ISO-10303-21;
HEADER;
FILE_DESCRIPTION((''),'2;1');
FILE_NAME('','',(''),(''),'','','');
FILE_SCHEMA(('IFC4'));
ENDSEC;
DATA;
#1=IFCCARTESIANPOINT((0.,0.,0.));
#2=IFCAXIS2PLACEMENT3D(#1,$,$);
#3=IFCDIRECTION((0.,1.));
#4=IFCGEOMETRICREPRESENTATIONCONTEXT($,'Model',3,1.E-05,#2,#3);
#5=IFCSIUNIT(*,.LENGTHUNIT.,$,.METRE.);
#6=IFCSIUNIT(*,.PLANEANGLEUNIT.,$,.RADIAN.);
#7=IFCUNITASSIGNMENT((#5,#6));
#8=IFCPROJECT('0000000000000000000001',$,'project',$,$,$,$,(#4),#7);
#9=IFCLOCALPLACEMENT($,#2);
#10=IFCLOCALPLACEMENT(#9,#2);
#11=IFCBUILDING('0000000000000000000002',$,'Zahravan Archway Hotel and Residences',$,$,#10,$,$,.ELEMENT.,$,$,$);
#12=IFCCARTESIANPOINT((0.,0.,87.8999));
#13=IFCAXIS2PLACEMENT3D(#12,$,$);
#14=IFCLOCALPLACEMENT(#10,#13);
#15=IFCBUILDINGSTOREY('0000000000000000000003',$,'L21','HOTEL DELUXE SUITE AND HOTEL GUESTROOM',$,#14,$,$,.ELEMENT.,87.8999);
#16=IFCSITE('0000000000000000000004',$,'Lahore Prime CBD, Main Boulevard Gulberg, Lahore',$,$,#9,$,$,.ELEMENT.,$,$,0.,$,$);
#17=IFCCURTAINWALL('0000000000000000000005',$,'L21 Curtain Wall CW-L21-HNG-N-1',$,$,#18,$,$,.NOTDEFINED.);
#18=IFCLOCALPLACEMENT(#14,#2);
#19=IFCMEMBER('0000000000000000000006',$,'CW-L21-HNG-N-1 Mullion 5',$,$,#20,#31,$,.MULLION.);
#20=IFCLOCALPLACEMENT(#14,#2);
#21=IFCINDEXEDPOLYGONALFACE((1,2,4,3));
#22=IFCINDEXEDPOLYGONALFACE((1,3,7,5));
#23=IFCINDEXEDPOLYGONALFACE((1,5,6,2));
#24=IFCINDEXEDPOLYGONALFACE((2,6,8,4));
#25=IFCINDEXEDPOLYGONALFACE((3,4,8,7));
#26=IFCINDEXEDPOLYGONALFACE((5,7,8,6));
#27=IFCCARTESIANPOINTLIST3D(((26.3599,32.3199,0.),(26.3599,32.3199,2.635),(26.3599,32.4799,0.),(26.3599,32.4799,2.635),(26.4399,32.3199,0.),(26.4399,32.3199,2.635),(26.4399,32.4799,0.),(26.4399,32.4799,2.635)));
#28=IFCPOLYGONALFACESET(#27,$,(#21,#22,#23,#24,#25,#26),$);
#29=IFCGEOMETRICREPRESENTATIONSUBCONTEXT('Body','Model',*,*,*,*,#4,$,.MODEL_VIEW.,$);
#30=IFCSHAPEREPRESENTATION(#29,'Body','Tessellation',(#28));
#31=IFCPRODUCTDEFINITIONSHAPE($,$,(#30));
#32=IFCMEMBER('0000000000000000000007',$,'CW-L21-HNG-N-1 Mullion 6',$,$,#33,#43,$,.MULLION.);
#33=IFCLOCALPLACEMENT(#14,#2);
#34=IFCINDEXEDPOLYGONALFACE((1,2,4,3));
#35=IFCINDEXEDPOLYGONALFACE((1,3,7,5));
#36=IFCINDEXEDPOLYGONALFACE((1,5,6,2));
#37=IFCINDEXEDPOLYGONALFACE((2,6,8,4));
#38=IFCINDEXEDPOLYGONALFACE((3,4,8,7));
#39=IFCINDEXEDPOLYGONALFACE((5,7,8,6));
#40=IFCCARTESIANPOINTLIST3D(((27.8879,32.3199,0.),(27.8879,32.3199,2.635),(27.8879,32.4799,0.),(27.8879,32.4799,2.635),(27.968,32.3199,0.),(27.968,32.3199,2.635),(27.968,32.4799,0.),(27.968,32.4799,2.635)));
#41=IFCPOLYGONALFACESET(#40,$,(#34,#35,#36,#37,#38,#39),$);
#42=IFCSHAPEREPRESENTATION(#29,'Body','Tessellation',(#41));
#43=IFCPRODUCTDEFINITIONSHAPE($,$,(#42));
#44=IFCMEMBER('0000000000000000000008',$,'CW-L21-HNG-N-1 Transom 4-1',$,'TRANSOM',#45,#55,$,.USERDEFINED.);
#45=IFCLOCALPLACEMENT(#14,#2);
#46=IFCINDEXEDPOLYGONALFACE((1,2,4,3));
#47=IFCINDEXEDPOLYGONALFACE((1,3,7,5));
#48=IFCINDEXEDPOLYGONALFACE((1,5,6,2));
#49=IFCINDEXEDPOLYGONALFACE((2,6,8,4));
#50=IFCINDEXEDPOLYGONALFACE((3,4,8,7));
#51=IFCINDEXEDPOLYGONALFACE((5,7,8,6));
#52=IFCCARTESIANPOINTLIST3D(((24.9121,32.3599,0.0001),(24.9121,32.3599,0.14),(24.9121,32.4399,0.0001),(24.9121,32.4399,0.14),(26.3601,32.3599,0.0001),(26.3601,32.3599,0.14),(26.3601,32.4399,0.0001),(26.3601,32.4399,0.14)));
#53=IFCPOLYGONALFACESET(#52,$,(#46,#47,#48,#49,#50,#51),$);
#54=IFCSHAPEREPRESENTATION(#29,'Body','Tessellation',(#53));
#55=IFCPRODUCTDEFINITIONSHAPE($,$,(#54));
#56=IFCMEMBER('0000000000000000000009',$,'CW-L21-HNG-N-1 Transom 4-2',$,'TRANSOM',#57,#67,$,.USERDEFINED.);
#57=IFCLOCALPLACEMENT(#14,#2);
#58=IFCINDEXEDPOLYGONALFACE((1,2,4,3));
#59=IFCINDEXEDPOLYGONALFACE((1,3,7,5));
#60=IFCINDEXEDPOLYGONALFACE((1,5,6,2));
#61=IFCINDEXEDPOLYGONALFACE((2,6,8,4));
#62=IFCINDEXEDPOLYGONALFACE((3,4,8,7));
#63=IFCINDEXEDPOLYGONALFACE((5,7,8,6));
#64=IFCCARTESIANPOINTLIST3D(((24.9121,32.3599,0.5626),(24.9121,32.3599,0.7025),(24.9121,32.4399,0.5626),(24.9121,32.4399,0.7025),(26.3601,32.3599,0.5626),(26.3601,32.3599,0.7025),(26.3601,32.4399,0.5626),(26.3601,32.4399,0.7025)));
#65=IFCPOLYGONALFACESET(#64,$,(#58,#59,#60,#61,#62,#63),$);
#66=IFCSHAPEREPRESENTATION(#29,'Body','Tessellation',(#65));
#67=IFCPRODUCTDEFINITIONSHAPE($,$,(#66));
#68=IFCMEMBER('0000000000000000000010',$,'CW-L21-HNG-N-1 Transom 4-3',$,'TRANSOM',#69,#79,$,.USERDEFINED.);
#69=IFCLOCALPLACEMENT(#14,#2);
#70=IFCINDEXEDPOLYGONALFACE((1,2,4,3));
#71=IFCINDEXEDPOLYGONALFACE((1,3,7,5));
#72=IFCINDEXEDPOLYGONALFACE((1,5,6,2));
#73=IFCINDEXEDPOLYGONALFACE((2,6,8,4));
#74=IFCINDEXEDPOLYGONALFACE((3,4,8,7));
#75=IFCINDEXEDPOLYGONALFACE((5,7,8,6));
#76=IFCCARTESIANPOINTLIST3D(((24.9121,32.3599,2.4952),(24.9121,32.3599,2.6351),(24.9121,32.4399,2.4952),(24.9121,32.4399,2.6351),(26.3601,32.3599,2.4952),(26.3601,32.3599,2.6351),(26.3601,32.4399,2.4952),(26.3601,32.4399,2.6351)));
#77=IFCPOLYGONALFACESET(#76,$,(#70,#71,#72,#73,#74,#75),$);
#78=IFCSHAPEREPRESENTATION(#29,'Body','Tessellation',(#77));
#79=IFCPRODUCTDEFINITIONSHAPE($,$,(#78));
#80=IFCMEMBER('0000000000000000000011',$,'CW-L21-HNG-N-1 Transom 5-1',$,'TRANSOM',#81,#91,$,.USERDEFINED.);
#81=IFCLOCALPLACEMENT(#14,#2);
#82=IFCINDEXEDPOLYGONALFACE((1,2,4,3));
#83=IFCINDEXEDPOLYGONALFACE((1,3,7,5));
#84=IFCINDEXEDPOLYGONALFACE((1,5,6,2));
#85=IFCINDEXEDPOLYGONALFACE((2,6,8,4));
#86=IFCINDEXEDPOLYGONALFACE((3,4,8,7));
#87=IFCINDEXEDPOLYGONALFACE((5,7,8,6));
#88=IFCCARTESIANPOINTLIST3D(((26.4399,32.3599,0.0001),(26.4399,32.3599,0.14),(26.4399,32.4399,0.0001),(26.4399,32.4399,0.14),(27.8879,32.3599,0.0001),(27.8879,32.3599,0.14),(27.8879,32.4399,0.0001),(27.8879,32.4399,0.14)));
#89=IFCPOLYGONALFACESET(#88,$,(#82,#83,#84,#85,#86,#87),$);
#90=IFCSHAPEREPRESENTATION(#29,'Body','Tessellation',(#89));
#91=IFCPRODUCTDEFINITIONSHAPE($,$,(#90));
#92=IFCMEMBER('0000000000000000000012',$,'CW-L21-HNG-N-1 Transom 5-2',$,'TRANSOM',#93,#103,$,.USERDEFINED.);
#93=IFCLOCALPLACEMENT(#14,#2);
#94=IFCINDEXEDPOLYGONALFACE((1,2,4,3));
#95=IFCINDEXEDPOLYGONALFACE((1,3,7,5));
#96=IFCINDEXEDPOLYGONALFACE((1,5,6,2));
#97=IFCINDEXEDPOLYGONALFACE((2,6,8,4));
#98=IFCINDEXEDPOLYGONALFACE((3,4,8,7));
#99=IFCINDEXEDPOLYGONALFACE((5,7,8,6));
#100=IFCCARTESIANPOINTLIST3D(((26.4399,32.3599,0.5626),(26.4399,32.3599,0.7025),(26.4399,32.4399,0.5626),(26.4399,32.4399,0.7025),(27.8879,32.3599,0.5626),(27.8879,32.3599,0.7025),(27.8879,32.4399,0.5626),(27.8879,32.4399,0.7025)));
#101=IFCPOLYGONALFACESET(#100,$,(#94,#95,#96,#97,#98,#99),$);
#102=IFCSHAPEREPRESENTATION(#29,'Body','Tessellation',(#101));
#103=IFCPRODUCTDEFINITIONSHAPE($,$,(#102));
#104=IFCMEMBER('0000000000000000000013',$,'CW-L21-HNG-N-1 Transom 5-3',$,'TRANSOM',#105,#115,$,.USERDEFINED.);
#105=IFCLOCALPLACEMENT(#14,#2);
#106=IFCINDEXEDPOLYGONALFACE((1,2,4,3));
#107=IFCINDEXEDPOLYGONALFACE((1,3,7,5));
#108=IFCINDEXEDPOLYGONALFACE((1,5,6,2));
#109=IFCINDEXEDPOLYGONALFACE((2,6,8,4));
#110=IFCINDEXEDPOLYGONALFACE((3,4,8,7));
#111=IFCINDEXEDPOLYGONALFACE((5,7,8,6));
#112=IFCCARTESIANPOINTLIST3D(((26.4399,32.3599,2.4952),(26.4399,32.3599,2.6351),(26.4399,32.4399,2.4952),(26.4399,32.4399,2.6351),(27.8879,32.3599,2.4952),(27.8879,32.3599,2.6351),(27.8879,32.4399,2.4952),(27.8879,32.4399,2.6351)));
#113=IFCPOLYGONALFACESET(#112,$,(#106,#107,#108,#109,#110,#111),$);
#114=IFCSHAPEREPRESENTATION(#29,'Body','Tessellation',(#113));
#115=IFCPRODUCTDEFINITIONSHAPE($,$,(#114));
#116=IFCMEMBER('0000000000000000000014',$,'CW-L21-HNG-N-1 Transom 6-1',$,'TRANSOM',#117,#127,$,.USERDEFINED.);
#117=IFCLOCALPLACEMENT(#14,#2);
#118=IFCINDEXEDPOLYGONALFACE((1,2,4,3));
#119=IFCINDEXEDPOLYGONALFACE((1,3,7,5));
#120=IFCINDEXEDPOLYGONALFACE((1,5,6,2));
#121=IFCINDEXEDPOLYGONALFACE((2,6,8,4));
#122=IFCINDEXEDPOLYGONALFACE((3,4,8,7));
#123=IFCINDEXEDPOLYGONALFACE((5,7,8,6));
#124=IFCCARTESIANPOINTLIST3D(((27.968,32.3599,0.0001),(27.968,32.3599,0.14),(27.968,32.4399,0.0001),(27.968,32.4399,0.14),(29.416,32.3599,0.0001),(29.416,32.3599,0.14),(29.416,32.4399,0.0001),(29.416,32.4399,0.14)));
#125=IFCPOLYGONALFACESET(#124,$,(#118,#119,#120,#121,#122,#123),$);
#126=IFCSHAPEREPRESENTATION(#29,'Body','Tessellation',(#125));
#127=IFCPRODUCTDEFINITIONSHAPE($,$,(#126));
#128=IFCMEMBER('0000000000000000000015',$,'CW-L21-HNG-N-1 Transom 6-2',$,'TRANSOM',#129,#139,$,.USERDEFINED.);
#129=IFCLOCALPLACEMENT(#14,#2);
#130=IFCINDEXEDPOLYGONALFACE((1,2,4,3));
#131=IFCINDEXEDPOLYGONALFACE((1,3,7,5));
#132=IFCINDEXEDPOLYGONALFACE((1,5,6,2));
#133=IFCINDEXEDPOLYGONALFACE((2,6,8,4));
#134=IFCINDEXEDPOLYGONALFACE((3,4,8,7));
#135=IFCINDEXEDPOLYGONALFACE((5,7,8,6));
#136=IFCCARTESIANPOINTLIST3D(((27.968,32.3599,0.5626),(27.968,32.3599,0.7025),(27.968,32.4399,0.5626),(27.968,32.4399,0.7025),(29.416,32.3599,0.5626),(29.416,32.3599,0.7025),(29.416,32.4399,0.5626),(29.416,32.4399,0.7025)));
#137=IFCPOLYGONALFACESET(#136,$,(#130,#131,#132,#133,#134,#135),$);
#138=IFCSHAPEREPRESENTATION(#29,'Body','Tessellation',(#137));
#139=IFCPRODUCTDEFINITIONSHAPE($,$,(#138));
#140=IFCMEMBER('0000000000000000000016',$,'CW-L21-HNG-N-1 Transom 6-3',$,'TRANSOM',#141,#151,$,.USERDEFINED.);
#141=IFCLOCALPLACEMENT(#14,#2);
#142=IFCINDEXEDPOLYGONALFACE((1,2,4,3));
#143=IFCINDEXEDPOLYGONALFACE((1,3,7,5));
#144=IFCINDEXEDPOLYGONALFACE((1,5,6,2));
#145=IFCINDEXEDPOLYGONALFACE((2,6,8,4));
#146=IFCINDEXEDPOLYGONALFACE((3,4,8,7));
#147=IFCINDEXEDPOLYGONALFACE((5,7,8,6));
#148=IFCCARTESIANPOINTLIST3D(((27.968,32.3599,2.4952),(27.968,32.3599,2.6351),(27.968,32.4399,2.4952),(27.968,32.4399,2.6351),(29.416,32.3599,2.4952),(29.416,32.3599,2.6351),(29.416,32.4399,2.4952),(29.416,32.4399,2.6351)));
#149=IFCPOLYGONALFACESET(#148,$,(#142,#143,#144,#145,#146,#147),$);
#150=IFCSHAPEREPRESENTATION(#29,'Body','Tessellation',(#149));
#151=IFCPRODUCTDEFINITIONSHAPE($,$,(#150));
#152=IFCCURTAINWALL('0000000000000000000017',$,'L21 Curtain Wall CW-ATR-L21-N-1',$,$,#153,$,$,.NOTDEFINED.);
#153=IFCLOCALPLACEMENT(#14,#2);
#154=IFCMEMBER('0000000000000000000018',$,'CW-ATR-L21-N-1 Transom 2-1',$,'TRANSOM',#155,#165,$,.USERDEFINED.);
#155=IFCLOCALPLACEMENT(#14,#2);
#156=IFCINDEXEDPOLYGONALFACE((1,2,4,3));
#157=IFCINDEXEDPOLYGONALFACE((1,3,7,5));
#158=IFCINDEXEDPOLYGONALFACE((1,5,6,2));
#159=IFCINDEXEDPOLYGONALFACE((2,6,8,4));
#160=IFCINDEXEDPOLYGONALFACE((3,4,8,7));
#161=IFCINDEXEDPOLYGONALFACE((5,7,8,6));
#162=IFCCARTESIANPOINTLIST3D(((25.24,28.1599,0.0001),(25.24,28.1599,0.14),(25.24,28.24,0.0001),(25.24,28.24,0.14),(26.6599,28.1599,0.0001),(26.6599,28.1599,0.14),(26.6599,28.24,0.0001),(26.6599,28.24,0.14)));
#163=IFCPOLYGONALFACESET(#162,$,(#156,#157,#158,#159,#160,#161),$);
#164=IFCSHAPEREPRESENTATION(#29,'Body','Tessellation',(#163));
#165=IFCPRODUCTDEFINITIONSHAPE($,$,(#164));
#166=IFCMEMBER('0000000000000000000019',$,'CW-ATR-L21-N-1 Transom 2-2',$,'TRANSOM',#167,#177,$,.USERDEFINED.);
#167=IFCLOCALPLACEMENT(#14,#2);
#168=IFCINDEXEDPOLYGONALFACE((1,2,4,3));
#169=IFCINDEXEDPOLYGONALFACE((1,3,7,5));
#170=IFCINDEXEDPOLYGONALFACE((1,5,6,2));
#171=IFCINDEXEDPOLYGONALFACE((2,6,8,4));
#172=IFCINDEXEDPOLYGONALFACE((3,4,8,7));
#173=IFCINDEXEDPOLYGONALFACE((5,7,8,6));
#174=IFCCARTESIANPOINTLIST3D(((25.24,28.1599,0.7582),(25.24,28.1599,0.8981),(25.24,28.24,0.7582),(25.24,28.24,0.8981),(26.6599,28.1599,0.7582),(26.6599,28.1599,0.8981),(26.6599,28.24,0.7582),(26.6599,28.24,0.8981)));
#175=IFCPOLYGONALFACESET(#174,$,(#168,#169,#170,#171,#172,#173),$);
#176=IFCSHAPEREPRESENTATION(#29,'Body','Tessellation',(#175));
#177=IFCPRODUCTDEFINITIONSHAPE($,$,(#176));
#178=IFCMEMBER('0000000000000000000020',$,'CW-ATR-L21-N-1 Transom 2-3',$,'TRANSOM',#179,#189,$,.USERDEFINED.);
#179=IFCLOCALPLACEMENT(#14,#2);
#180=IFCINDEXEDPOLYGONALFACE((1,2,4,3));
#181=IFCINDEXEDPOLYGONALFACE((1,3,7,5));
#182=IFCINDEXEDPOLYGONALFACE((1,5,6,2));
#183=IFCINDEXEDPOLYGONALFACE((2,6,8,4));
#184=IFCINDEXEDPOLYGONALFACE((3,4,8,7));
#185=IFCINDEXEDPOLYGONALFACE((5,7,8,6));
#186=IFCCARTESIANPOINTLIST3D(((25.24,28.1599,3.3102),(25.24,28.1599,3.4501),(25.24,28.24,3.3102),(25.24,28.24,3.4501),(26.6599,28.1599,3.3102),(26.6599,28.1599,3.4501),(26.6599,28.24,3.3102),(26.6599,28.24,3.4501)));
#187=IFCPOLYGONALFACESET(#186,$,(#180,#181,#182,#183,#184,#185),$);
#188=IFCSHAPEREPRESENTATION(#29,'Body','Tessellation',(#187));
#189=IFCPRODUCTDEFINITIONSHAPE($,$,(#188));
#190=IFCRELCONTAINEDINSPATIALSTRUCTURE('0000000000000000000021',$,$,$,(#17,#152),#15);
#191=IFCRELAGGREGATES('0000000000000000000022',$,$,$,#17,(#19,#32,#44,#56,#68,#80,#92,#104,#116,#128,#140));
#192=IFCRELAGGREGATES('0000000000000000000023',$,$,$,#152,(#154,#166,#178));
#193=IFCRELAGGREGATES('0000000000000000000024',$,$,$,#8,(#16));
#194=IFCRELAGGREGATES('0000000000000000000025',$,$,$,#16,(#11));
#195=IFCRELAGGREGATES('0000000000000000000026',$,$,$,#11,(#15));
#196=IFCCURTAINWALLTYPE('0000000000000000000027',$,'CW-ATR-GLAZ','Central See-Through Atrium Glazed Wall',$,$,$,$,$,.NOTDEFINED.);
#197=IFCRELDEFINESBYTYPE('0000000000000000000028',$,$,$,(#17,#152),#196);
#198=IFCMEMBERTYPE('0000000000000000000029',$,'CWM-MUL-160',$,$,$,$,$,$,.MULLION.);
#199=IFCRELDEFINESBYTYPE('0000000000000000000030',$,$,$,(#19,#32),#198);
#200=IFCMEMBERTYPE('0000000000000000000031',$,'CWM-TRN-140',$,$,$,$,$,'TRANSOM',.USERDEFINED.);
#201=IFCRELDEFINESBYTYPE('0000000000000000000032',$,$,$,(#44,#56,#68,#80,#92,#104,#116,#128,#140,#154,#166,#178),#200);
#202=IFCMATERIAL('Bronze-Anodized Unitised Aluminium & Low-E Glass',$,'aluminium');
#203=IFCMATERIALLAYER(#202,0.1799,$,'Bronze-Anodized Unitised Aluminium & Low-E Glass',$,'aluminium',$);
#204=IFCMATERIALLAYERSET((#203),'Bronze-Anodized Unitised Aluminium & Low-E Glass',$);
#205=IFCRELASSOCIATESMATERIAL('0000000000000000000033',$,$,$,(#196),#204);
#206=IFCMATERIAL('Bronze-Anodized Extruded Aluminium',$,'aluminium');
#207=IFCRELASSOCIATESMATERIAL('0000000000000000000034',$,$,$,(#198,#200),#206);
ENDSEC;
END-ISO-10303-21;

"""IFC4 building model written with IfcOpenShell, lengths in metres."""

from ifc_helpers import new_model, si_unit, direction, frame, origin, origin_2d, place, context, subcontext, project, spatial, rectangle, extrude, source, transform, mapped, material, layer, layer_set, material_profile, profile_set, type_object, element, aggregate, save


model = new_model("IFC4")

# Units and contexts
model_context = context("Model", 3, precision=1e-05, world=origin(), true_north=direction((0.0, 1.0)))
body_context = subcontext(model_context, "Body", "Model", "MODEL_VIEW")
ifc_project = project(units=[si_unit("LENGTHUNIT", "METRE"), si_unit("PLANEANGLEUNIT", "RADIAN")], contexts=[model_context])

# Site, building, storey
site_placement = place(None, origin())
site = spatial("IfcSite", under=ifc_project, at=site_placement, Name="Lahore Prime CBD, Main Boulevard Gulberg, Lahore", CompositionType="ELEMENT", RefElevation=0.0)
building_placement = place(site_placement, origin())
building = spatial("IfcBuilding", under=site, at=building_placement, Name="Zahravan Archway Hotel and Residences", CompositionType="ELEMENT")
storey_placement = place(building_placement, frame((0.0, 0.0, 87.8999)))
storey = spatial("IfcBuildingStorey", under=building, at=storey_placement, Name="L21", Description="HOTEL DELUXE SUITE AND HOTEL GUESTROOM", CompositionType="ELEMENT", Elevation=87.8999)

# Curtain walls, members
ifc_material_1 = material(Name="Bronze-Anodized Unitised Aluminium & Low-E Glass", Category="aluminium")
ifc_layer_1 = layer(ifc_material_1, 0.1799, Name="Bronze-Anodized Unitised Aluminium & Low-E Glass", Category="aluminium")
ifc_layer_set_1 = layer_set([ifc_layer_1], Name="Bronze-Anodized Unitised Aluminium & Low-E Glass")
curtain_wall_type = type_object("IfcCurtainWallType", Name="CW-ATR-GLAZ", Description="Central See-Through Atrium Glazed Wall", PredefinedType="NOTDEFINED", material=ifc_layer_set_1)
curtain_wall_1_placement = place(storey_placement, origin())
curtain_wall_1 = element("IfcCurtainWall", 1, at=curtain_wall_1_placement, inside=storey, type_object=curtain_wall_type, Name="L21 Curtain Wall CW-L21-HNG-N-1", PredefinedType="NOTDEFINED")
ifc_material_2 = material(Name="Bronze-Anodized Extruded Aluminium", Category="aluminium")
ifc_material_profile_1 = material_profile(ifc_material_2, rectangle(XDim=0.0801, YDim=0.1599, at=origin_2d()), Name="MUL 80x160", Category="aluminium")
ifc_profile_set_1 = profile_set([ifc_material_profile_1], Name="Bronze-Anodized Extruded Aluminium")
member_type_1 = type_object("IfcMemberType", Name="CWM-MUL-160", PredefinedType="MULLION", material=ifc_profile_set_1)
shared_shape_1 = source(origin(), body_context, "Body", "SweptSolid", [
    extrude(rectangle(XDim=0.0801, YDim=0.1599, at=origin_2d()), origin(), (0.0, 0.0, 1.0), 2.635),
])
member_1_placement = place(storey_placement, frame((26.3999, 32.3999, 0.0), z_axis=(0.0, 0.0, 1.0), x_axis=(1.0, 0.0, 0.0)))
member_1 = element("IfcMember", 2, at=member_1_placement, type_object=member_type_1, Name="CW-L21-HNG-N-1 Mullion 5", PredefinedType="MULLION", context=body_context, shape_type="MappedRepresentation", body=[
    mapped(shared_shape_1, transform((0.0, 0.0, 0.0), scale=1.0)),
])
member_2_placement = place(storey_placement, frame((27.928, 32.3999, 0.0), z_axis=(0.0, 0.0, 1.0), x_axis=(1.0, 0.0, 0.0)))
member_2 = element("IfcMember", 3, at=member_2_placement, type_object=member_type_1, Name="CW-L21-HNG-N-1 Mullion 6", PredefinedType="MULLION", context=body_context, shape_type="MappedRepresentation", body=[
    mapped(shared_shape_1, transform((0.0, 0.0, 0.0), scale=1.0)),
])
ifc_material_profile_2 = material_profile(ifc_material_2, rectangle(XDim=0.0801, YDim=0.1399, at=origin_2d()), Name="TRN 80x140", Category="aluminium")
ifc_profile_set_2 = profile_set([ifc_material_profile_2], Name="Bronze-Anodized Extruded Aluminium")
member_type_2 = type_object("IfcMemberType", Name="CWM-TRN-140", ElementType="TRANSOM", PredefinedType="USERDEFINED", material=ifc_profile_set_2)
shared_shape_2 = source(origin(), body_context, "Body", "SweptSolid", [
    extrude(rectangle(XDim=0.0801, YDim=0.1399, at=origin_2d()), origin(), (0.0, 0.0, 1.0), 1.448),
])
member_3_placement = place(storey_placement, frame((24.9121, 32.3999, 0.0701), z_axis=(1.0, 0.0, 0.0), x_axis=(0.0, 1.0, 0.0)))
member_3 = element("IfcMember", 4, at=member_3_placement, type_object=member_type_2, Name="CW-L21-HNG-N-1 Transom 4-1", ObjectType="TRANSOM", PredefinedType="USERDEFINED", context=body_context, shape_type="MappedRepresentation", body=[
    mapped(shared_shape_2, transform((0.0, 0.0, 0.0), scale=1.0)),
])
member_4_placement = place(storey_placement, frame((24.9121, 32.3999, 0.6326), z_axis=(1.0, 0.0, 0.0), x_axis=(0.0, 1.0, 0.0)))
member_4 = element("IfcMember", 5, at=member_4_placement, type_object=member_type_2, Name="CW-L21-HNG-N-1 Transom 4-2", ObjectType="TRANSOM", PredefinedType="USERDEFINED", context=body_context, shape_type="MappedRepresentation", body=[
    mapped(shared_shape_2, transform((0.0, 0.0, 0.0), scale=1.0)),
])
member_5_placement = place(storey_placement, frame((24.9121, 32.3999, 2.5652), z_axis=(1.0, 0.0, 0.0), x_axis=(0.0, 1.0, 0.0)))
member_5 = element("IfcMember", 6, at=member_5_placement, type_object=member_type_2, Name="CW-L21-HNG-N-1 Transom 4-3", ObjectType="TRANSOM", PredefinedType="USERDEFINED", context=body_context, shape_type="MappedRepresentation", body=[
    mapped(shared_shape_2, transform((0.0, 0.0, 0.0), scale=1.0)),
])
member_6_placement = place(storey_placement, frame((26.4399, 32.3999, 0.0701), z_axis=(1.0, 0.0, 0.0), x_axis=(0.0, 1.0, 0.0)))
member_6 = element("IfcMember", 7, at=member_6_placement, type_object=member_type_2, Name="CW-L21-HNG-N-1 Transom 5-1", ObjectType="TRANSOM", PredefinedType="USERDEFINED", context=body_context, shape_type="MappedRepresentation", body=[
    mapped(shared_shape_2, transform((0.0, 0.0, 0.0), scale=1.0)),
])
member_7_placement = place(storey_placement, frame((26.4399, 32.3999, 0.6326), z_axis=(1.0, 0.0, 0.0), x_axis=(0.0, 1.0, 0.0)))
member_7 = element("IfcMember", 8, at=member_7_placement, type_object=member_type_2, Name="CW-L21-HNG-N-1 Transom 5-2", ObjectType="TRANSOM", PredefinedType="USERDEFINED", context=body_context, shape_type="MappedRepresentation", body=[
    mapped(shared_shape_2, transform((0.0, 0.0, 0.0), scale=1.0)),
])
member_8_placement = place(storey_placement, frame((26.4399, 32.3999, 2.5652), z_axis=(1.0, 0.0, 0.0), x_axis=(0.0, 1.0, 0.0)))
member_8 = element("IfcMember", 9, at=member_8_placement, type_object=member_type_2, Name="CW-L21-HNG-N-1 Transom 5-3", ObjectType="TRANSOM", PredefinedType="USERDEFINED", context=body_context, shape_type="MappedRepresentation", body=[
    mapped(shared_shape_2, transform((0.0, 0.0, 0.0), scale=1.0)),
])
member_9_placement = place(storey_placement, frame((27.968, 32.3999, 0.0701), z_axis=(1.0, 0.0, 0.0), x_axis=(0.0, 1.0, 0.0)))
member_9 = element("IfcMember", 10, at=member_9_placement, type_object=member_type_2, Name="CW-L21-HNG-N-1 Transom 6-1", ObjectType="TRANSOM", PredefinedType="USERDEFINED", context=body_context, shape_type="MappedRepresentation", body=[
    mapped(shared_shape_2, transform((0.0, 0.0, 0.0), scale=1.0)),
])
member_10_placement = place(storey_placement, frame((27.968, 32.3999, 0.6326), z_axis=(1.0, 0.0, 0.0), x_axis=(0.0, 1.0, 0.0)))
member_10 = element("IfcMember", 11, at=member_10_placement, type_object=member_type_2, Name="CW-L21-HNG-N-1 Transom 6-2", ObjectType="TRANSOM", PredefinedType="USERDEFINED", context=body_context, shape_type="MappedRepresentation", body=[
    mapped(shared_shape_2, transform((0.0, 0.0, 0.0), scale=1.0)),
])
member_11_placement = place(storey_placement, frame((27.968, 32.3999, 2.5652), z_axis=(1.0, 0.0, 0.0), x_axis=(0.0, 1.0, 0.0)))
member_11 = element("IfcMember", 12, at=member_11_placement, type_object=member_type_2, Name="CW-L21-HNG-N-1 Transom 6-3", ObjectType="TRANSOM", PredefinedType="USERDEFINED", context=body_context, shape_type="MappedRepresentation", body=[
    mapped(shared_shape_2, transform((0.0, 0.0, 0.0), scale=1.0)),
])
curtain_wall_2_placement = place(storey_placement, origin())
curtain_wall_2 = element("IfcCurtainWall", 13, at=curtain_wall_2_placement, inside=storey, type_object=curtain_wall_type, Name="L21 Curtain Wall CW-ATR-L21-N-1", PredefinedType="NOTDEFINED")
shared_shape_3 = source(origin(), body_context, "Body", "SweptSolid", [
    extrude(rectangle(XDim=0.0801, YDim=0.1399, at=origin_2d()), origin(), (0.0, 0.0, 1.0), 1.4199),
])
member_12_placement = place(storey_placement, frame((25.24, 28.2, 0.0701), z_axis=(1.0, 0.0, 0.0), x_axis=(0.0, 1.0, 0.0)))
member_12 = element("IfcMember", 14, at=member_12_placement, type_object=member_type_2, Name="CW-ATR-L21-N-1 Transom 2-1", ObjectType="TRANSOM", PredefinedType="USERDEFINED", context=body_context, shape_type="MappedRepresentation", body=[
    mapped(shared_shape_3, transform((0.0, 0.0, 0.0), scale=1.0)),
])
member_13_placement = place(storey_placement, frame((25.24, 28.2, 0.8281), z_axis=(1.0, 0.0, 0.0), x_axis=(0.0, 1.0, 0.0)))
member_13 = element("IfcMember", 15, at=member_13_placement, type_object=member_type_2, Name="CW-ATR-L21-N-1 Transom 2-2", ObjectType="TRANSOM", PredefinedType="USERDEFINED", context=body_context, shape_type="MappedRepresentation", body=[
    mapped(shared_shape_3, transform((0.0, 0.0, 0.0), scale=1.0)),
])
member_14_placement = place(storey_placement, frame((25.24, 28.2, 3.3801), z_axis=(1.0, 0.0, 0.0), x_axis=(0.0, 1.0, 0.0)))
member_14 = element("IfcMember", 16, at=member_14_placement, type_object=member_type_2, Name="CW-ATR-L21-N-1 Transom 2-3", ObjectType="TRANSOM", PredefinedType="USERDEFINED", context=body_context, shape_type="MappedRepresentation", body=[
    mapped(shared_shape_3, transform((0.0, 0.0, 0.0), scale=1.0)),
])

aggregate(curtain_wall_1, [member_1, member_2, member_3, member_4, member_5, member_6, member_7, member_8, member_9, member_10, member_11])
aggregate(curtain_wall_2, [member_12, member_13, member_14])

save(model, "model.ifc")
